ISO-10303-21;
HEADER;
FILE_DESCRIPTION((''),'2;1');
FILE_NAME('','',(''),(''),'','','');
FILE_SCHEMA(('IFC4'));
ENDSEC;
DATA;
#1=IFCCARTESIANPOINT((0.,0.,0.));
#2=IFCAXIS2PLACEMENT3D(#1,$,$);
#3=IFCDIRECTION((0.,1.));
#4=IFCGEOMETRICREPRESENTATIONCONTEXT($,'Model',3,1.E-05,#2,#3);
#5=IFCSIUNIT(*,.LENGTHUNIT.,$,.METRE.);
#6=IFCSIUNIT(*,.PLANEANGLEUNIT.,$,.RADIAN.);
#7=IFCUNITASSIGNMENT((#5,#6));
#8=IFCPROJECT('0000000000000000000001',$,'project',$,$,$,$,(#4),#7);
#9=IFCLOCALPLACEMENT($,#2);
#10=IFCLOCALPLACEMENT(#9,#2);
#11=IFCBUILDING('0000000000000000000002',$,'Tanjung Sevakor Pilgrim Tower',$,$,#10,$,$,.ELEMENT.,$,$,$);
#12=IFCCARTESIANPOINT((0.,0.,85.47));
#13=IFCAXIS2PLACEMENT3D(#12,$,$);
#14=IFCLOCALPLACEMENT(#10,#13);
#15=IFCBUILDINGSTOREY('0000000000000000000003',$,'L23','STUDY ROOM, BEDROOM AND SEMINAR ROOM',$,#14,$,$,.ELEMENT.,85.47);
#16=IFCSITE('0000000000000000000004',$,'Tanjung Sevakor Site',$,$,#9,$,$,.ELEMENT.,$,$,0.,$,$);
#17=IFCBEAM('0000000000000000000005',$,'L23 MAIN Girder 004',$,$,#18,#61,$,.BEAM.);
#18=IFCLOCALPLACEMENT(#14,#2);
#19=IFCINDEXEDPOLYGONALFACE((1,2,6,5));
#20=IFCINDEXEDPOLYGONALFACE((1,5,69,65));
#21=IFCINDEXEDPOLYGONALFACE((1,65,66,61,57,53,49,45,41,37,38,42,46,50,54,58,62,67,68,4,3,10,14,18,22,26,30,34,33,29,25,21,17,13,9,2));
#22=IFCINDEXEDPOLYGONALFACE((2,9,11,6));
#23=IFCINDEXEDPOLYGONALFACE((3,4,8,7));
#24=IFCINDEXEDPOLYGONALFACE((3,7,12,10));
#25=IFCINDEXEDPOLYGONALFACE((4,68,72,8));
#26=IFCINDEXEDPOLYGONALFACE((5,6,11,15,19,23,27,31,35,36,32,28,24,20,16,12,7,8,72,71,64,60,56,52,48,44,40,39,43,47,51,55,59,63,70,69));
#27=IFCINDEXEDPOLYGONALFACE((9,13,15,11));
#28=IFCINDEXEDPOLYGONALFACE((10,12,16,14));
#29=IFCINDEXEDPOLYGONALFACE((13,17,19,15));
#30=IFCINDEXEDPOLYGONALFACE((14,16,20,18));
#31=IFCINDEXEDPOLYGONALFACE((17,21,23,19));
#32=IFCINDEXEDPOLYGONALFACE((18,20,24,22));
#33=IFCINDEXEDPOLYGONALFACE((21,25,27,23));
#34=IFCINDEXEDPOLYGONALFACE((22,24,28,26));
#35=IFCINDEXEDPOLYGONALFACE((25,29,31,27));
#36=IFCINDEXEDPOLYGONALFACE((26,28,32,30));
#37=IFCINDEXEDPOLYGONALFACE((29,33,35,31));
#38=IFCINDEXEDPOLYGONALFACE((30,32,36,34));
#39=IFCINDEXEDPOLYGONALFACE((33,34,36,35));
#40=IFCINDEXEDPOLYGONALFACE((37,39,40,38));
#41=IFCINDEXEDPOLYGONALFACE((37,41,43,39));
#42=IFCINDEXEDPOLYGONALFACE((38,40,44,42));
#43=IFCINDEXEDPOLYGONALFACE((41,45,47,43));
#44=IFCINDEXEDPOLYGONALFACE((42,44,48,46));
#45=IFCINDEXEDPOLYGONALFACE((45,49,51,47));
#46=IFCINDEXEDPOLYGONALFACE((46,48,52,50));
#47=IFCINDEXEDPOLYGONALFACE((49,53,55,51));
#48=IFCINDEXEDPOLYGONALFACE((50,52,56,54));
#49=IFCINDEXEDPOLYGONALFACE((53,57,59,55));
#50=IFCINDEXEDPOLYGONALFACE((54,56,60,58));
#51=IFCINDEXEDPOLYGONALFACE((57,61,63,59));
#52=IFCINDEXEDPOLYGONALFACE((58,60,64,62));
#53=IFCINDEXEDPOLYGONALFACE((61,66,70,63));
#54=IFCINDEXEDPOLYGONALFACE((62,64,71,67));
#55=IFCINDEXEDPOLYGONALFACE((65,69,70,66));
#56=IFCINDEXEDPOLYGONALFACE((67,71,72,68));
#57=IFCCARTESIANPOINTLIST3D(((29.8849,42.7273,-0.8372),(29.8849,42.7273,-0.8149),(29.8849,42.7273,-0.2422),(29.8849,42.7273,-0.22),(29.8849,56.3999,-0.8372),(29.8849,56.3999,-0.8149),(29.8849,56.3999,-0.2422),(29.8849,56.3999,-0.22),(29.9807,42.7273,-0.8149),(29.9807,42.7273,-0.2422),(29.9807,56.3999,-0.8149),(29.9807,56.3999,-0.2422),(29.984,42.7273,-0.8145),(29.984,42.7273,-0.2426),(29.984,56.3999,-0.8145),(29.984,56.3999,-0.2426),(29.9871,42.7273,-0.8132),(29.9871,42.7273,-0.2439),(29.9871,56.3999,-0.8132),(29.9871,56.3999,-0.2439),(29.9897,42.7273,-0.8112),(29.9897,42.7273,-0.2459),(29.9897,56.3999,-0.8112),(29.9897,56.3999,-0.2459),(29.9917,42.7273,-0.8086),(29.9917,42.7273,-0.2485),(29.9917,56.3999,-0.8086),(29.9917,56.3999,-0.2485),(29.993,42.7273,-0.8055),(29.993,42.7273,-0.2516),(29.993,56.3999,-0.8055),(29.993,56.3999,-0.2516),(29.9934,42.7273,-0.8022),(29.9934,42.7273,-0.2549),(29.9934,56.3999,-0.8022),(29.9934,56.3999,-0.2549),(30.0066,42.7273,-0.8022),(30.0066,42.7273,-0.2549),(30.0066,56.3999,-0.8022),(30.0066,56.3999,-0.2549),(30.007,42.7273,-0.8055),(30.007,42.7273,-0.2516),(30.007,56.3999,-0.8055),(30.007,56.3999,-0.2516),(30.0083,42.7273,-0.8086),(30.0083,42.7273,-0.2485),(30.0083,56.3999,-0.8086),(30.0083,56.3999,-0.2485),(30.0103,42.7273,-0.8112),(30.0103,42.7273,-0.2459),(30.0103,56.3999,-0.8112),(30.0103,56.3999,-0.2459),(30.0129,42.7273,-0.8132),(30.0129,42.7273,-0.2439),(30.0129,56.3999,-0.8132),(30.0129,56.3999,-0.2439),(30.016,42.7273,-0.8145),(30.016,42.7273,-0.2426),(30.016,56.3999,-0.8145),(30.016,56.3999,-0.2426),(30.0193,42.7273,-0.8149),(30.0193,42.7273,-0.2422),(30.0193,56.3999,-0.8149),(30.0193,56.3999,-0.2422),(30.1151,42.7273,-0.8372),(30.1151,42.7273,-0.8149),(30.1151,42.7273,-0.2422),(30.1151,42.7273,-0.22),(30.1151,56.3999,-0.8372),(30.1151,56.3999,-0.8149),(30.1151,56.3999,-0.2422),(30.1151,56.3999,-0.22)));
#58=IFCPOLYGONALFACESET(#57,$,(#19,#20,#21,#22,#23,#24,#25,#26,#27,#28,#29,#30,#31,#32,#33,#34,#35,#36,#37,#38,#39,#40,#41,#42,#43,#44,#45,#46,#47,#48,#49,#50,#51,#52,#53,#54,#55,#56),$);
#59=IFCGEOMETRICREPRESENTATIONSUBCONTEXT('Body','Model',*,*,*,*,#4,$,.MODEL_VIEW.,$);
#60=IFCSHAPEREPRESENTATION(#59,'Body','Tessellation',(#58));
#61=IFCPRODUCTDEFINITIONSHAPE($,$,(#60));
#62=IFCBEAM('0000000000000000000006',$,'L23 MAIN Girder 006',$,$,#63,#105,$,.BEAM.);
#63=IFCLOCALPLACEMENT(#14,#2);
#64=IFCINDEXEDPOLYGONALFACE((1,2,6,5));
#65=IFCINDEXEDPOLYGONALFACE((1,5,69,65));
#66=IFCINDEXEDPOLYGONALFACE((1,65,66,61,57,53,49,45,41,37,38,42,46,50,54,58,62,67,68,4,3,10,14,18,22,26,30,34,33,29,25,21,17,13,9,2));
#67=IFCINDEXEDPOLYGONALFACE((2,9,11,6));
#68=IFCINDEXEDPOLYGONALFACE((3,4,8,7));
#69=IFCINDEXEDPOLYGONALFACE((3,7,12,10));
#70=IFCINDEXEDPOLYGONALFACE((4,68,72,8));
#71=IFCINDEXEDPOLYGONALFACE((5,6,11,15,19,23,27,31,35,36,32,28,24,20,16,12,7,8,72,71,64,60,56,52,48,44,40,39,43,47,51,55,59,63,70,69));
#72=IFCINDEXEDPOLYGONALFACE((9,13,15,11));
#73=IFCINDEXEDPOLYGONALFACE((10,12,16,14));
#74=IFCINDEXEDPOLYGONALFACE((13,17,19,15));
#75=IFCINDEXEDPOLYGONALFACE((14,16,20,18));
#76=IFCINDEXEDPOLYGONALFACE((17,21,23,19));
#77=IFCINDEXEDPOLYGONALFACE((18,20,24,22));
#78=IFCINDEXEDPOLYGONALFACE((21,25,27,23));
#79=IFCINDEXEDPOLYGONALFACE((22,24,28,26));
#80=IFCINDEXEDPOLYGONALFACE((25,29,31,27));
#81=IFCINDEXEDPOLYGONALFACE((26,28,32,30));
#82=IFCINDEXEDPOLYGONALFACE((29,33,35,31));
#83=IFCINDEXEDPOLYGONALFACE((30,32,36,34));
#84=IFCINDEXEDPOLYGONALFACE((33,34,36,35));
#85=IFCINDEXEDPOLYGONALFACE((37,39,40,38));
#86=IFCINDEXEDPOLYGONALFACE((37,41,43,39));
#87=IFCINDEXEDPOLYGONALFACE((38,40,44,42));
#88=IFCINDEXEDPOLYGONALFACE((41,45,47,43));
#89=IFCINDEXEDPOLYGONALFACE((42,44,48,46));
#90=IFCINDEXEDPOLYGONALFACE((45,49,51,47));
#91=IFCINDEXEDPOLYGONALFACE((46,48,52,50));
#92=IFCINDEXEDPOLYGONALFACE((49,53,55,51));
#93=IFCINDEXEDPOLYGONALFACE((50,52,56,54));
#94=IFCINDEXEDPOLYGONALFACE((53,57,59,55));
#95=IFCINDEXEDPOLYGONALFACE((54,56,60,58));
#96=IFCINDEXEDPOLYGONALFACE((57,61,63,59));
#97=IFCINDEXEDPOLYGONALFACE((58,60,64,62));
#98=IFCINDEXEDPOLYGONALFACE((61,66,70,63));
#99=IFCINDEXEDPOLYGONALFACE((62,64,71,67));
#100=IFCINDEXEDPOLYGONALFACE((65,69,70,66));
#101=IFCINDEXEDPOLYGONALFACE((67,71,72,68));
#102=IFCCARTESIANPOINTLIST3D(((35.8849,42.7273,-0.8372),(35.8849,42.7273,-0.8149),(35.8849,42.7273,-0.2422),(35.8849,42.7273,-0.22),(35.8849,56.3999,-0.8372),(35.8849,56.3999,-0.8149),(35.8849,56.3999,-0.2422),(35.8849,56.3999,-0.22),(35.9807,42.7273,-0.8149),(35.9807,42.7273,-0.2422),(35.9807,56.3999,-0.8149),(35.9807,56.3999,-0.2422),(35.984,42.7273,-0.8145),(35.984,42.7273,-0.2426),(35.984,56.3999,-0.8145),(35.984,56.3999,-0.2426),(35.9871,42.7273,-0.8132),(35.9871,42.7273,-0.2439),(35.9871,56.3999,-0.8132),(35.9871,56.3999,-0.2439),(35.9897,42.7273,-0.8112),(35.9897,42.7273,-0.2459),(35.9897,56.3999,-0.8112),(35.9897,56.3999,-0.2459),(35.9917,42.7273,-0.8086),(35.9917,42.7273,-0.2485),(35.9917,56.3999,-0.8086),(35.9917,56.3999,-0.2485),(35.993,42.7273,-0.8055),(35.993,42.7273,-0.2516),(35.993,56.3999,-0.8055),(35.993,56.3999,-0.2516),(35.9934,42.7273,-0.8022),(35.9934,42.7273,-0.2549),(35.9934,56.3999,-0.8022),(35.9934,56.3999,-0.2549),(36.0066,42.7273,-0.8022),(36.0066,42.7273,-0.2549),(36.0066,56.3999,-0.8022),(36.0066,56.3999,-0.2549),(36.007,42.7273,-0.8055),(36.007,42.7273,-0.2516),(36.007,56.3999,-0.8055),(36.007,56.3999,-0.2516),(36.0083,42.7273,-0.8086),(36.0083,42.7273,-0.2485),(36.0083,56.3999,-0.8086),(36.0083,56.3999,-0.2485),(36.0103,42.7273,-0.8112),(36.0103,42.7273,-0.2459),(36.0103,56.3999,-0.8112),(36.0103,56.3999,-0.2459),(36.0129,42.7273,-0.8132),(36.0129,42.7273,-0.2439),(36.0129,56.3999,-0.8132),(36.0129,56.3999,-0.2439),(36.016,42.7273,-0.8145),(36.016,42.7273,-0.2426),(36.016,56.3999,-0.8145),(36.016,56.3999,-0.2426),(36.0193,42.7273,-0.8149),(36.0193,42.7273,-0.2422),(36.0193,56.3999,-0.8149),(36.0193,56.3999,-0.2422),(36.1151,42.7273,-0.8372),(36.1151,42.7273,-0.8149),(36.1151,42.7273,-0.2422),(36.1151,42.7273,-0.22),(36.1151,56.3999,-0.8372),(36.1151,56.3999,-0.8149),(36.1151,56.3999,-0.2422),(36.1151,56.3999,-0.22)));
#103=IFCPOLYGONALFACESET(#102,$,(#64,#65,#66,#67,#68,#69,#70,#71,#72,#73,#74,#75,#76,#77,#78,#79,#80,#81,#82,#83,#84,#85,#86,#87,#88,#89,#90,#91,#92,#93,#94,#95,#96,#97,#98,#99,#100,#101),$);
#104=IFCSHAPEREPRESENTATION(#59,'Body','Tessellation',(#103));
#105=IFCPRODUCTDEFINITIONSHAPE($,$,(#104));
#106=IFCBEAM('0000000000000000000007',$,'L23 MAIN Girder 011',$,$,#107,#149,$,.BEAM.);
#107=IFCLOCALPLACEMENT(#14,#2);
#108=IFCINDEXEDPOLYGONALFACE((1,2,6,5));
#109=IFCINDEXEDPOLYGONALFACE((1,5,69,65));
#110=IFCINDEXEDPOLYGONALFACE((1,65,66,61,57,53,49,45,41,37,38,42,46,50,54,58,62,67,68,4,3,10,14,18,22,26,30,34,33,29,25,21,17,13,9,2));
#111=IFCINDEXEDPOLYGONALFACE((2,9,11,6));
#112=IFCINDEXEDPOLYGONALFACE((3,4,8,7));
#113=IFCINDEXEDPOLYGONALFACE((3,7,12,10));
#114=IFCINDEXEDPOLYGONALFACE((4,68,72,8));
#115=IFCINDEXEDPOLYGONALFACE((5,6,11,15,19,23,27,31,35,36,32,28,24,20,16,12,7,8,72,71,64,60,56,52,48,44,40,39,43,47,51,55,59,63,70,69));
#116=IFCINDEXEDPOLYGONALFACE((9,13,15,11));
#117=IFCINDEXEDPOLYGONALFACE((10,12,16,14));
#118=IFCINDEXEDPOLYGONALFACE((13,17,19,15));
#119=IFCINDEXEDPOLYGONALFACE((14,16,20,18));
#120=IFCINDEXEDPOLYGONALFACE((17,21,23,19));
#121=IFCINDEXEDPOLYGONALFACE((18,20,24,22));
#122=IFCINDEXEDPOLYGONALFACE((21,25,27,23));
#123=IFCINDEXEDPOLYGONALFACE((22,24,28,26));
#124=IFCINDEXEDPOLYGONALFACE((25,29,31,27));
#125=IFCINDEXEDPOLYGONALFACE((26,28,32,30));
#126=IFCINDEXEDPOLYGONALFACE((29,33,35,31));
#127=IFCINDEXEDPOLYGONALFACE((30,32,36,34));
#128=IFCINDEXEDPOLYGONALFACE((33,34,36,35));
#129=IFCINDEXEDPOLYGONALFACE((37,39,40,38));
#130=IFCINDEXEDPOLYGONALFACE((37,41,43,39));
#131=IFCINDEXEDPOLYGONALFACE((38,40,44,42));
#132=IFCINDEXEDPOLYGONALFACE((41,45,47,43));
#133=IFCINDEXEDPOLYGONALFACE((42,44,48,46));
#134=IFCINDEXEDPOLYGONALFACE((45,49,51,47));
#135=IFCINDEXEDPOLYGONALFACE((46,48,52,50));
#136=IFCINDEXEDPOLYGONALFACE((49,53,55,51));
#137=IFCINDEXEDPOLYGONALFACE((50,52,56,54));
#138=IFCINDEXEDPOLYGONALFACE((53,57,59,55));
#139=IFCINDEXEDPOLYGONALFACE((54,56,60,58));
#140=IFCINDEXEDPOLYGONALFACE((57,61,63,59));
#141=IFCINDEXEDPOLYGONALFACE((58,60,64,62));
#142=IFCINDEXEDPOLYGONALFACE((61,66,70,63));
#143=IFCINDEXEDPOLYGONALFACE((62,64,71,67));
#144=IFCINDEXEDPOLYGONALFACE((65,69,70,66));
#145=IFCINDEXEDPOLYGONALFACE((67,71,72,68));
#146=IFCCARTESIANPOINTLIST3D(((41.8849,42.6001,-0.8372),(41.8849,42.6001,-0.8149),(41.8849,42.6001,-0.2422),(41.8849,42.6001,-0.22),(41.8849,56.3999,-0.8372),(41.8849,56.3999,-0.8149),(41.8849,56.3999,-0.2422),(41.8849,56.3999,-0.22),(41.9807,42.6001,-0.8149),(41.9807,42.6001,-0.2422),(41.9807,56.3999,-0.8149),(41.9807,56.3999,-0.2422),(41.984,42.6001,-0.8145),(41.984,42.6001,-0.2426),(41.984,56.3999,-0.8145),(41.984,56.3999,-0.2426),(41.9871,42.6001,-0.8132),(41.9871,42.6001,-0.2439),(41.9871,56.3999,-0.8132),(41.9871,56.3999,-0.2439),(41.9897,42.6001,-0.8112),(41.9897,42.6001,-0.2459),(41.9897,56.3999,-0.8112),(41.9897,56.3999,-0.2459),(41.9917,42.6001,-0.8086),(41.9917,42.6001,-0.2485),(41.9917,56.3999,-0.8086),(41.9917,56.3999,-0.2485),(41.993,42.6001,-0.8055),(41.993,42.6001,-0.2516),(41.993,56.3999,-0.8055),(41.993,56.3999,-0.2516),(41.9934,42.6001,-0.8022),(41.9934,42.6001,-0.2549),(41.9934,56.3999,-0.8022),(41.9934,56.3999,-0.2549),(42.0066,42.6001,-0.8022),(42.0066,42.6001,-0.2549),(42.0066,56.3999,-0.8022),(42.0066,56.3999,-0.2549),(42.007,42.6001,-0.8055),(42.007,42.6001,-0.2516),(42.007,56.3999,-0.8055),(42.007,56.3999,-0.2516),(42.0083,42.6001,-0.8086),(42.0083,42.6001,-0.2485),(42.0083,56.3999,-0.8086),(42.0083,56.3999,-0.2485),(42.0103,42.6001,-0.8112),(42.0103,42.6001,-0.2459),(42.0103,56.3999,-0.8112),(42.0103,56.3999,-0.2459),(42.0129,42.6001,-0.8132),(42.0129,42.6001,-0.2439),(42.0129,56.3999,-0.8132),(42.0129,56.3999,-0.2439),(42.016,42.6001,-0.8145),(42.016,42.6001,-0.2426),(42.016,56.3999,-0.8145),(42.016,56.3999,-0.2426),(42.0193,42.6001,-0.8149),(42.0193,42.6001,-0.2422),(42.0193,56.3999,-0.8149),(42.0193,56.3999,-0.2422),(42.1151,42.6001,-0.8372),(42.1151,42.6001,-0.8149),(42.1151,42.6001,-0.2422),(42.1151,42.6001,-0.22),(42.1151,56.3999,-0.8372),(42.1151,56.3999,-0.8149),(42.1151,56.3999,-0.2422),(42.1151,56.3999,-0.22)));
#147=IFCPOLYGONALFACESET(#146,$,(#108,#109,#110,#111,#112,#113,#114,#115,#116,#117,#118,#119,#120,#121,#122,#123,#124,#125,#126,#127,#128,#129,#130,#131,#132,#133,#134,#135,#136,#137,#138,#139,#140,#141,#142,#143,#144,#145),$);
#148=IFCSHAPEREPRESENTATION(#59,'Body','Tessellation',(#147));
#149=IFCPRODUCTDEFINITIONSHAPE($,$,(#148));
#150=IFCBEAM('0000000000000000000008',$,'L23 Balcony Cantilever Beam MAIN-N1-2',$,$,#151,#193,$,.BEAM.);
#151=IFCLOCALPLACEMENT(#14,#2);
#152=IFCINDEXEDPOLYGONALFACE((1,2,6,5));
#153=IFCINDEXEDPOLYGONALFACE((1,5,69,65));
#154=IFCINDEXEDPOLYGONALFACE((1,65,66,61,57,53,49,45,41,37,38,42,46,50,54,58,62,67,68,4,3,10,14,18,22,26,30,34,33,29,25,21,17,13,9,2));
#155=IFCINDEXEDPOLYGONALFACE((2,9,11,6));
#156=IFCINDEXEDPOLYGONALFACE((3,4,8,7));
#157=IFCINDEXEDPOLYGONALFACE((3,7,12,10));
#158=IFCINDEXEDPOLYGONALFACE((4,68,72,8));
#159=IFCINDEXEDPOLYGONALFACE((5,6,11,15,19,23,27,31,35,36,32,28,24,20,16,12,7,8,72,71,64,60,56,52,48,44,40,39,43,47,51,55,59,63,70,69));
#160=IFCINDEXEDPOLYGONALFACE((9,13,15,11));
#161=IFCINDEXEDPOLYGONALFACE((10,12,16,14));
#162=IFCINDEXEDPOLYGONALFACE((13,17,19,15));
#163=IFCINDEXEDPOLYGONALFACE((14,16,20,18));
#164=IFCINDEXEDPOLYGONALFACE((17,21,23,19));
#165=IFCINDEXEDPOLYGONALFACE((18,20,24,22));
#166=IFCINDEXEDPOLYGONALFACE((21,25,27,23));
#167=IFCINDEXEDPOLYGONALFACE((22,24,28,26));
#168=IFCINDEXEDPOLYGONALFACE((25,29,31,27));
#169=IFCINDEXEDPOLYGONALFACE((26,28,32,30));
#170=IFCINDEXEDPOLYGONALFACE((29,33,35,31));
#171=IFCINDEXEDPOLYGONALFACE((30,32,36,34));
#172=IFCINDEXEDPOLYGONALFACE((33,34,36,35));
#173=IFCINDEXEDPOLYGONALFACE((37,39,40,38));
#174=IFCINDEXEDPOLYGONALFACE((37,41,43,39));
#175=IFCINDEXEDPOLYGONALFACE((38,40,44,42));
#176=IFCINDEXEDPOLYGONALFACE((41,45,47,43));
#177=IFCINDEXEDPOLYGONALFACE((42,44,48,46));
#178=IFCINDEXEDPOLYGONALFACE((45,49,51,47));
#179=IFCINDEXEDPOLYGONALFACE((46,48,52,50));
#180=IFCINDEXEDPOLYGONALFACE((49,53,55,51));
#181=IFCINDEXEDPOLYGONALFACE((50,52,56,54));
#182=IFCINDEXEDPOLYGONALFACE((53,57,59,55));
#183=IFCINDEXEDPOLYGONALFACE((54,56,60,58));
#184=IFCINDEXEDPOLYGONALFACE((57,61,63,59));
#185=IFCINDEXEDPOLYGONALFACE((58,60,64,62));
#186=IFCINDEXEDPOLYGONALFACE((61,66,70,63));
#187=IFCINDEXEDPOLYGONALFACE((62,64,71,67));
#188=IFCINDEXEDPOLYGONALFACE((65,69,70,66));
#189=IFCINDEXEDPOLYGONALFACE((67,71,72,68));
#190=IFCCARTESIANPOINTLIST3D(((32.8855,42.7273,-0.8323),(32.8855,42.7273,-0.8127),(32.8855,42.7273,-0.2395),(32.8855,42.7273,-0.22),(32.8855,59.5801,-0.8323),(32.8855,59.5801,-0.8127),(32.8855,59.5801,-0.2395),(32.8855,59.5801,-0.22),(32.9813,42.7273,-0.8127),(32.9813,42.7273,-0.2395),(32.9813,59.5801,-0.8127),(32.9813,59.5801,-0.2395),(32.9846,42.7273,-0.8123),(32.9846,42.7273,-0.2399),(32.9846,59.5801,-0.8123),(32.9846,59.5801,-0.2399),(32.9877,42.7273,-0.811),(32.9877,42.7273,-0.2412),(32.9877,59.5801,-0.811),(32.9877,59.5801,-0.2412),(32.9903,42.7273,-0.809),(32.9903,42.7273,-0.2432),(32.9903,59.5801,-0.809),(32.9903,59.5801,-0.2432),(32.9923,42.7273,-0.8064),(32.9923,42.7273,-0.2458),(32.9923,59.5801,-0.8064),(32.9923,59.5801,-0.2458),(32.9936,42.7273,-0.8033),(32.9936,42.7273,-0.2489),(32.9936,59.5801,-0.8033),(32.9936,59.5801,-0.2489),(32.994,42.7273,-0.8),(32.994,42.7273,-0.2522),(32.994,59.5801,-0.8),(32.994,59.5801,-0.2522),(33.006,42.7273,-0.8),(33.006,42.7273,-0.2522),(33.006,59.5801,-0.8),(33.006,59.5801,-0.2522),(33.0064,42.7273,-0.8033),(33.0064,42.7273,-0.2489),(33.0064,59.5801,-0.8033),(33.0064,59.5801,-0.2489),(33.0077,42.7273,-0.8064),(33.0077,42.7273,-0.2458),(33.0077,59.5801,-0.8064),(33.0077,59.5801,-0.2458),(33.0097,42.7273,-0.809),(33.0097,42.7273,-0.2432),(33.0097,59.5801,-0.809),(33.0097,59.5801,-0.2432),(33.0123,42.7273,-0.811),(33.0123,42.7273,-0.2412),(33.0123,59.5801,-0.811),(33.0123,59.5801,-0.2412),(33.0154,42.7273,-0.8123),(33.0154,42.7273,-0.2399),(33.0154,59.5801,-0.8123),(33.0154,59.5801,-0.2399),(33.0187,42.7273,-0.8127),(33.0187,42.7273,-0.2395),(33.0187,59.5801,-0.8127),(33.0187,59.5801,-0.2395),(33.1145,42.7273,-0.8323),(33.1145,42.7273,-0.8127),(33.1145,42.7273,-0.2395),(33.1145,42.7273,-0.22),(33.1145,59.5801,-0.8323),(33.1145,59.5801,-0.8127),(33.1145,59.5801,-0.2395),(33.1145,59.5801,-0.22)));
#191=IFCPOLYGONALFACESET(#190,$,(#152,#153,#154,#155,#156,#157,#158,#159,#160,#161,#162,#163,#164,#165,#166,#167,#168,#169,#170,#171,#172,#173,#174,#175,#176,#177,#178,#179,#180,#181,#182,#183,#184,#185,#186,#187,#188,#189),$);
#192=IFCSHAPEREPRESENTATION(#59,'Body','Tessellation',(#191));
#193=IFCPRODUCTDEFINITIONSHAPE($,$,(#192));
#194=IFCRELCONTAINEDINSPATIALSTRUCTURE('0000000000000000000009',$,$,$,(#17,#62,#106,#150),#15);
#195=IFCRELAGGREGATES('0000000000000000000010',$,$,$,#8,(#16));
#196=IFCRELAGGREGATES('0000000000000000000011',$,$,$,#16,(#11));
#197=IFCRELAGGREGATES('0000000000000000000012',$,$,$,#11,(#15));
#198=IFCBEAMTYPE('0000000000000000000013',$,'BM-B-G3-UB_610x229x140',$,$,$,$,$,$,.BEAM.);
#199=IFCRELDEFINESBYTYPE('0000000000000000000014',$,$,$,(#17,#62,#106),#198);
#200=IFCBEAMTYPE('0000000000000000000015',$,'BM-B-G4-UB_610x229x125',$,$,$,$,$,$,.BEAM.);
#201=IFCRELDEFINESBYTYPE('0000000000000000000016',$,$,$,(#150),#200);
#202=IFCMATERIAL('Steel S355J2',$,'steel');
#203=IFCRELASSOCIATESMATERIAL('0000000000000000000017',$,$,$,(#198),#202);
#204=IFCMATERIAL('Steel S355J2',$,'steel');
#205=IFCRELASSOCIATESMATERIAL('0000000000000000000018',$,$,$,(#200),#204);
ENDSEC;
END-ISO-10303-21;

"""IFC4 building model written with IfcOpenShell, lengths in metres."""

from ifc_helpers import new_model, si_unit, direction, frame, origin, origin_2d, place, context, subcontext, project, spatial, i_section, extrude, material, material_profile, profile_set, type_object, element, save


model = new_model("IFC4")

# Units and contexts
model_context = context("Model", 3, precision=1e-05, world=origin(), true_north=direction((0.0, 1.0)))
body_context = subcontext(model_context, "Body", "Model", "MODEL_VIEW")
ifc_project = project(units=[si_unit("LENGTHUNIT", "METRE"), si_unit("PLANEANGLEUNIT", "RADIAN")], contexts=[model_context])

# Site, building, storey
site_placement = place(None, origin())
site = spatial("IfcSite", under=ifc_project, at=site_placement, Name="Tanjung Sevakor Site", CompositionType="ELEMENT", RefElevation=0.0)
building_placement = place(site_placement, origin())
building = spatial("IfcBuilding", under=site, at=building_placement, Name="Tanjung Sevakor Pilgrim Tower", CompositionType="ELEMENT")
storey_placement = place(building_placement, frame((0.0, 0.0, 85.47)))
storey = spatial("IfcBuildingStorey", under=building, at=storey_placement, Name="L23", Description="STUDY ROOM, BEDROOM AND SEMINAR ROOM", CompositionType="ELEMENT", Elevation=85.47)

# Beams
ifc_material_1 = material(Name="Steel S355J2", Category="steel")
ifc_material_profile_1 = material_profile(ifc_material_1, i_section(OverallWidth=0.2302, OverallDepth=0.6172, WebThickness=0.0132, FlangeThickness=0.0222, FilletRadius=0.0127, at=origin_2d()))
ifc_profile_set_1 = profile_set([ifc_material_profile_1], Name="Steel S355J2")
beam_type_1 = type_object("IfcBeamType", Name="BM-B-G3-UB_610x229x140", PredefinedType="BEAM", material=ifc_profile_set_1)
for number, where, z_axis, x_axis, name in (
    (1, (30.0, 42.7273, -0.5286), (0.0, 1.0, 0.0), (-1.0, 0.0, 0.0), "L23 MAIN Girder 004"),
    (2, (36.0, 42.7273, -0.5286), (0.0, 1.0, 0.0), (-1.0, 0.0, 0.0), "L23 MAIN Girder 006"),
):
    element("IfcBeam", number, at=place(storey_placement, frame(where, z_axis=z_axis, x_axis=x_axis)), inside=storey, type_object=beam_type_1, Name=name, PredefinedType="BEAM", context=body_context, shape_type="SweptSolid", body=[
        extrude(i_section(OverallWidth=0.2302, OverallDepth=0.6172, WebThickness=0.0132, FlangeThickness=0.0222, FilletRadius=0.0127, at=origin_2d()), origin(), (0.0, 0.0, 1.0), 13.6726),
    ])
beam_1_placement = place(storey_placement, frame((42.0, 42.6001, -0.5286), z_axis=(0.0, 1.0, 0.0), x_axis=(-1.0, 0.0, 0.0)))
element("IfcBeam", 3, at=beam_1_placement, inside=storey, type_object=beam_type_1, Name="L23 MAIN Girder 011", PredefinedType="BEAM", context=body_context, shape_type="SweptSolid", body=[
    extrude(i_section(OverallWidth=0.2302, OverallDepth=0.6172, WebThickness=0.0132, FlangeThickness=0.0222, FilletRadius=0.0127, at=origin_2d()), origin(), (0.0, 0.0, 1.0), 13.7998),
])
ifc_material_2 = material(Name="Steel S355J2", Category="steel")
ifc_material_profile_2 = material_profile(ifc_material_2, i_section(OverallWidth=0.229, OverallDepth=0.6123, WebThickness=0.012, FlangeThickness=0.0195, FilletRadius=0.0127, at=origin_2d()))
ifc_profile_set_2 = profile_set([ifc_material_profile_2], Name="Steel S355J2")
beam_type_2 = type_object("IfcBeamType", Name="BM-B-G4-UB_610x229x125", PredefinedType="BEAM", material=ifc_profile_set_2)
beam_2_placement = place(storey_placement, frame((33.0, 42.7273, -0.5261), z_axis=(0.0, 1.0, 0.0), x_axis=(-1.0, 0.0, 0.0)))
element("IfcBeam", 4, at=beam_2_placement, inside=storey, type_object=beam_type_2, Name="L23 Balcony Cantilever Beam MAIN-N1-2", PredefinedType="BEAM", context=body_context, shape_type="SweptSolid", body=[
    extrude(i_section(OverallWidth=0.229, OverallDepth=0.6123, WebThickness=0.012, FlangeThickness=0.0195, FilletRadius=0.0127, at=origin_2d()), origin(), (0.0, 0.0, 1.0), 16.8528),
])

save(model, "model.ifc")
